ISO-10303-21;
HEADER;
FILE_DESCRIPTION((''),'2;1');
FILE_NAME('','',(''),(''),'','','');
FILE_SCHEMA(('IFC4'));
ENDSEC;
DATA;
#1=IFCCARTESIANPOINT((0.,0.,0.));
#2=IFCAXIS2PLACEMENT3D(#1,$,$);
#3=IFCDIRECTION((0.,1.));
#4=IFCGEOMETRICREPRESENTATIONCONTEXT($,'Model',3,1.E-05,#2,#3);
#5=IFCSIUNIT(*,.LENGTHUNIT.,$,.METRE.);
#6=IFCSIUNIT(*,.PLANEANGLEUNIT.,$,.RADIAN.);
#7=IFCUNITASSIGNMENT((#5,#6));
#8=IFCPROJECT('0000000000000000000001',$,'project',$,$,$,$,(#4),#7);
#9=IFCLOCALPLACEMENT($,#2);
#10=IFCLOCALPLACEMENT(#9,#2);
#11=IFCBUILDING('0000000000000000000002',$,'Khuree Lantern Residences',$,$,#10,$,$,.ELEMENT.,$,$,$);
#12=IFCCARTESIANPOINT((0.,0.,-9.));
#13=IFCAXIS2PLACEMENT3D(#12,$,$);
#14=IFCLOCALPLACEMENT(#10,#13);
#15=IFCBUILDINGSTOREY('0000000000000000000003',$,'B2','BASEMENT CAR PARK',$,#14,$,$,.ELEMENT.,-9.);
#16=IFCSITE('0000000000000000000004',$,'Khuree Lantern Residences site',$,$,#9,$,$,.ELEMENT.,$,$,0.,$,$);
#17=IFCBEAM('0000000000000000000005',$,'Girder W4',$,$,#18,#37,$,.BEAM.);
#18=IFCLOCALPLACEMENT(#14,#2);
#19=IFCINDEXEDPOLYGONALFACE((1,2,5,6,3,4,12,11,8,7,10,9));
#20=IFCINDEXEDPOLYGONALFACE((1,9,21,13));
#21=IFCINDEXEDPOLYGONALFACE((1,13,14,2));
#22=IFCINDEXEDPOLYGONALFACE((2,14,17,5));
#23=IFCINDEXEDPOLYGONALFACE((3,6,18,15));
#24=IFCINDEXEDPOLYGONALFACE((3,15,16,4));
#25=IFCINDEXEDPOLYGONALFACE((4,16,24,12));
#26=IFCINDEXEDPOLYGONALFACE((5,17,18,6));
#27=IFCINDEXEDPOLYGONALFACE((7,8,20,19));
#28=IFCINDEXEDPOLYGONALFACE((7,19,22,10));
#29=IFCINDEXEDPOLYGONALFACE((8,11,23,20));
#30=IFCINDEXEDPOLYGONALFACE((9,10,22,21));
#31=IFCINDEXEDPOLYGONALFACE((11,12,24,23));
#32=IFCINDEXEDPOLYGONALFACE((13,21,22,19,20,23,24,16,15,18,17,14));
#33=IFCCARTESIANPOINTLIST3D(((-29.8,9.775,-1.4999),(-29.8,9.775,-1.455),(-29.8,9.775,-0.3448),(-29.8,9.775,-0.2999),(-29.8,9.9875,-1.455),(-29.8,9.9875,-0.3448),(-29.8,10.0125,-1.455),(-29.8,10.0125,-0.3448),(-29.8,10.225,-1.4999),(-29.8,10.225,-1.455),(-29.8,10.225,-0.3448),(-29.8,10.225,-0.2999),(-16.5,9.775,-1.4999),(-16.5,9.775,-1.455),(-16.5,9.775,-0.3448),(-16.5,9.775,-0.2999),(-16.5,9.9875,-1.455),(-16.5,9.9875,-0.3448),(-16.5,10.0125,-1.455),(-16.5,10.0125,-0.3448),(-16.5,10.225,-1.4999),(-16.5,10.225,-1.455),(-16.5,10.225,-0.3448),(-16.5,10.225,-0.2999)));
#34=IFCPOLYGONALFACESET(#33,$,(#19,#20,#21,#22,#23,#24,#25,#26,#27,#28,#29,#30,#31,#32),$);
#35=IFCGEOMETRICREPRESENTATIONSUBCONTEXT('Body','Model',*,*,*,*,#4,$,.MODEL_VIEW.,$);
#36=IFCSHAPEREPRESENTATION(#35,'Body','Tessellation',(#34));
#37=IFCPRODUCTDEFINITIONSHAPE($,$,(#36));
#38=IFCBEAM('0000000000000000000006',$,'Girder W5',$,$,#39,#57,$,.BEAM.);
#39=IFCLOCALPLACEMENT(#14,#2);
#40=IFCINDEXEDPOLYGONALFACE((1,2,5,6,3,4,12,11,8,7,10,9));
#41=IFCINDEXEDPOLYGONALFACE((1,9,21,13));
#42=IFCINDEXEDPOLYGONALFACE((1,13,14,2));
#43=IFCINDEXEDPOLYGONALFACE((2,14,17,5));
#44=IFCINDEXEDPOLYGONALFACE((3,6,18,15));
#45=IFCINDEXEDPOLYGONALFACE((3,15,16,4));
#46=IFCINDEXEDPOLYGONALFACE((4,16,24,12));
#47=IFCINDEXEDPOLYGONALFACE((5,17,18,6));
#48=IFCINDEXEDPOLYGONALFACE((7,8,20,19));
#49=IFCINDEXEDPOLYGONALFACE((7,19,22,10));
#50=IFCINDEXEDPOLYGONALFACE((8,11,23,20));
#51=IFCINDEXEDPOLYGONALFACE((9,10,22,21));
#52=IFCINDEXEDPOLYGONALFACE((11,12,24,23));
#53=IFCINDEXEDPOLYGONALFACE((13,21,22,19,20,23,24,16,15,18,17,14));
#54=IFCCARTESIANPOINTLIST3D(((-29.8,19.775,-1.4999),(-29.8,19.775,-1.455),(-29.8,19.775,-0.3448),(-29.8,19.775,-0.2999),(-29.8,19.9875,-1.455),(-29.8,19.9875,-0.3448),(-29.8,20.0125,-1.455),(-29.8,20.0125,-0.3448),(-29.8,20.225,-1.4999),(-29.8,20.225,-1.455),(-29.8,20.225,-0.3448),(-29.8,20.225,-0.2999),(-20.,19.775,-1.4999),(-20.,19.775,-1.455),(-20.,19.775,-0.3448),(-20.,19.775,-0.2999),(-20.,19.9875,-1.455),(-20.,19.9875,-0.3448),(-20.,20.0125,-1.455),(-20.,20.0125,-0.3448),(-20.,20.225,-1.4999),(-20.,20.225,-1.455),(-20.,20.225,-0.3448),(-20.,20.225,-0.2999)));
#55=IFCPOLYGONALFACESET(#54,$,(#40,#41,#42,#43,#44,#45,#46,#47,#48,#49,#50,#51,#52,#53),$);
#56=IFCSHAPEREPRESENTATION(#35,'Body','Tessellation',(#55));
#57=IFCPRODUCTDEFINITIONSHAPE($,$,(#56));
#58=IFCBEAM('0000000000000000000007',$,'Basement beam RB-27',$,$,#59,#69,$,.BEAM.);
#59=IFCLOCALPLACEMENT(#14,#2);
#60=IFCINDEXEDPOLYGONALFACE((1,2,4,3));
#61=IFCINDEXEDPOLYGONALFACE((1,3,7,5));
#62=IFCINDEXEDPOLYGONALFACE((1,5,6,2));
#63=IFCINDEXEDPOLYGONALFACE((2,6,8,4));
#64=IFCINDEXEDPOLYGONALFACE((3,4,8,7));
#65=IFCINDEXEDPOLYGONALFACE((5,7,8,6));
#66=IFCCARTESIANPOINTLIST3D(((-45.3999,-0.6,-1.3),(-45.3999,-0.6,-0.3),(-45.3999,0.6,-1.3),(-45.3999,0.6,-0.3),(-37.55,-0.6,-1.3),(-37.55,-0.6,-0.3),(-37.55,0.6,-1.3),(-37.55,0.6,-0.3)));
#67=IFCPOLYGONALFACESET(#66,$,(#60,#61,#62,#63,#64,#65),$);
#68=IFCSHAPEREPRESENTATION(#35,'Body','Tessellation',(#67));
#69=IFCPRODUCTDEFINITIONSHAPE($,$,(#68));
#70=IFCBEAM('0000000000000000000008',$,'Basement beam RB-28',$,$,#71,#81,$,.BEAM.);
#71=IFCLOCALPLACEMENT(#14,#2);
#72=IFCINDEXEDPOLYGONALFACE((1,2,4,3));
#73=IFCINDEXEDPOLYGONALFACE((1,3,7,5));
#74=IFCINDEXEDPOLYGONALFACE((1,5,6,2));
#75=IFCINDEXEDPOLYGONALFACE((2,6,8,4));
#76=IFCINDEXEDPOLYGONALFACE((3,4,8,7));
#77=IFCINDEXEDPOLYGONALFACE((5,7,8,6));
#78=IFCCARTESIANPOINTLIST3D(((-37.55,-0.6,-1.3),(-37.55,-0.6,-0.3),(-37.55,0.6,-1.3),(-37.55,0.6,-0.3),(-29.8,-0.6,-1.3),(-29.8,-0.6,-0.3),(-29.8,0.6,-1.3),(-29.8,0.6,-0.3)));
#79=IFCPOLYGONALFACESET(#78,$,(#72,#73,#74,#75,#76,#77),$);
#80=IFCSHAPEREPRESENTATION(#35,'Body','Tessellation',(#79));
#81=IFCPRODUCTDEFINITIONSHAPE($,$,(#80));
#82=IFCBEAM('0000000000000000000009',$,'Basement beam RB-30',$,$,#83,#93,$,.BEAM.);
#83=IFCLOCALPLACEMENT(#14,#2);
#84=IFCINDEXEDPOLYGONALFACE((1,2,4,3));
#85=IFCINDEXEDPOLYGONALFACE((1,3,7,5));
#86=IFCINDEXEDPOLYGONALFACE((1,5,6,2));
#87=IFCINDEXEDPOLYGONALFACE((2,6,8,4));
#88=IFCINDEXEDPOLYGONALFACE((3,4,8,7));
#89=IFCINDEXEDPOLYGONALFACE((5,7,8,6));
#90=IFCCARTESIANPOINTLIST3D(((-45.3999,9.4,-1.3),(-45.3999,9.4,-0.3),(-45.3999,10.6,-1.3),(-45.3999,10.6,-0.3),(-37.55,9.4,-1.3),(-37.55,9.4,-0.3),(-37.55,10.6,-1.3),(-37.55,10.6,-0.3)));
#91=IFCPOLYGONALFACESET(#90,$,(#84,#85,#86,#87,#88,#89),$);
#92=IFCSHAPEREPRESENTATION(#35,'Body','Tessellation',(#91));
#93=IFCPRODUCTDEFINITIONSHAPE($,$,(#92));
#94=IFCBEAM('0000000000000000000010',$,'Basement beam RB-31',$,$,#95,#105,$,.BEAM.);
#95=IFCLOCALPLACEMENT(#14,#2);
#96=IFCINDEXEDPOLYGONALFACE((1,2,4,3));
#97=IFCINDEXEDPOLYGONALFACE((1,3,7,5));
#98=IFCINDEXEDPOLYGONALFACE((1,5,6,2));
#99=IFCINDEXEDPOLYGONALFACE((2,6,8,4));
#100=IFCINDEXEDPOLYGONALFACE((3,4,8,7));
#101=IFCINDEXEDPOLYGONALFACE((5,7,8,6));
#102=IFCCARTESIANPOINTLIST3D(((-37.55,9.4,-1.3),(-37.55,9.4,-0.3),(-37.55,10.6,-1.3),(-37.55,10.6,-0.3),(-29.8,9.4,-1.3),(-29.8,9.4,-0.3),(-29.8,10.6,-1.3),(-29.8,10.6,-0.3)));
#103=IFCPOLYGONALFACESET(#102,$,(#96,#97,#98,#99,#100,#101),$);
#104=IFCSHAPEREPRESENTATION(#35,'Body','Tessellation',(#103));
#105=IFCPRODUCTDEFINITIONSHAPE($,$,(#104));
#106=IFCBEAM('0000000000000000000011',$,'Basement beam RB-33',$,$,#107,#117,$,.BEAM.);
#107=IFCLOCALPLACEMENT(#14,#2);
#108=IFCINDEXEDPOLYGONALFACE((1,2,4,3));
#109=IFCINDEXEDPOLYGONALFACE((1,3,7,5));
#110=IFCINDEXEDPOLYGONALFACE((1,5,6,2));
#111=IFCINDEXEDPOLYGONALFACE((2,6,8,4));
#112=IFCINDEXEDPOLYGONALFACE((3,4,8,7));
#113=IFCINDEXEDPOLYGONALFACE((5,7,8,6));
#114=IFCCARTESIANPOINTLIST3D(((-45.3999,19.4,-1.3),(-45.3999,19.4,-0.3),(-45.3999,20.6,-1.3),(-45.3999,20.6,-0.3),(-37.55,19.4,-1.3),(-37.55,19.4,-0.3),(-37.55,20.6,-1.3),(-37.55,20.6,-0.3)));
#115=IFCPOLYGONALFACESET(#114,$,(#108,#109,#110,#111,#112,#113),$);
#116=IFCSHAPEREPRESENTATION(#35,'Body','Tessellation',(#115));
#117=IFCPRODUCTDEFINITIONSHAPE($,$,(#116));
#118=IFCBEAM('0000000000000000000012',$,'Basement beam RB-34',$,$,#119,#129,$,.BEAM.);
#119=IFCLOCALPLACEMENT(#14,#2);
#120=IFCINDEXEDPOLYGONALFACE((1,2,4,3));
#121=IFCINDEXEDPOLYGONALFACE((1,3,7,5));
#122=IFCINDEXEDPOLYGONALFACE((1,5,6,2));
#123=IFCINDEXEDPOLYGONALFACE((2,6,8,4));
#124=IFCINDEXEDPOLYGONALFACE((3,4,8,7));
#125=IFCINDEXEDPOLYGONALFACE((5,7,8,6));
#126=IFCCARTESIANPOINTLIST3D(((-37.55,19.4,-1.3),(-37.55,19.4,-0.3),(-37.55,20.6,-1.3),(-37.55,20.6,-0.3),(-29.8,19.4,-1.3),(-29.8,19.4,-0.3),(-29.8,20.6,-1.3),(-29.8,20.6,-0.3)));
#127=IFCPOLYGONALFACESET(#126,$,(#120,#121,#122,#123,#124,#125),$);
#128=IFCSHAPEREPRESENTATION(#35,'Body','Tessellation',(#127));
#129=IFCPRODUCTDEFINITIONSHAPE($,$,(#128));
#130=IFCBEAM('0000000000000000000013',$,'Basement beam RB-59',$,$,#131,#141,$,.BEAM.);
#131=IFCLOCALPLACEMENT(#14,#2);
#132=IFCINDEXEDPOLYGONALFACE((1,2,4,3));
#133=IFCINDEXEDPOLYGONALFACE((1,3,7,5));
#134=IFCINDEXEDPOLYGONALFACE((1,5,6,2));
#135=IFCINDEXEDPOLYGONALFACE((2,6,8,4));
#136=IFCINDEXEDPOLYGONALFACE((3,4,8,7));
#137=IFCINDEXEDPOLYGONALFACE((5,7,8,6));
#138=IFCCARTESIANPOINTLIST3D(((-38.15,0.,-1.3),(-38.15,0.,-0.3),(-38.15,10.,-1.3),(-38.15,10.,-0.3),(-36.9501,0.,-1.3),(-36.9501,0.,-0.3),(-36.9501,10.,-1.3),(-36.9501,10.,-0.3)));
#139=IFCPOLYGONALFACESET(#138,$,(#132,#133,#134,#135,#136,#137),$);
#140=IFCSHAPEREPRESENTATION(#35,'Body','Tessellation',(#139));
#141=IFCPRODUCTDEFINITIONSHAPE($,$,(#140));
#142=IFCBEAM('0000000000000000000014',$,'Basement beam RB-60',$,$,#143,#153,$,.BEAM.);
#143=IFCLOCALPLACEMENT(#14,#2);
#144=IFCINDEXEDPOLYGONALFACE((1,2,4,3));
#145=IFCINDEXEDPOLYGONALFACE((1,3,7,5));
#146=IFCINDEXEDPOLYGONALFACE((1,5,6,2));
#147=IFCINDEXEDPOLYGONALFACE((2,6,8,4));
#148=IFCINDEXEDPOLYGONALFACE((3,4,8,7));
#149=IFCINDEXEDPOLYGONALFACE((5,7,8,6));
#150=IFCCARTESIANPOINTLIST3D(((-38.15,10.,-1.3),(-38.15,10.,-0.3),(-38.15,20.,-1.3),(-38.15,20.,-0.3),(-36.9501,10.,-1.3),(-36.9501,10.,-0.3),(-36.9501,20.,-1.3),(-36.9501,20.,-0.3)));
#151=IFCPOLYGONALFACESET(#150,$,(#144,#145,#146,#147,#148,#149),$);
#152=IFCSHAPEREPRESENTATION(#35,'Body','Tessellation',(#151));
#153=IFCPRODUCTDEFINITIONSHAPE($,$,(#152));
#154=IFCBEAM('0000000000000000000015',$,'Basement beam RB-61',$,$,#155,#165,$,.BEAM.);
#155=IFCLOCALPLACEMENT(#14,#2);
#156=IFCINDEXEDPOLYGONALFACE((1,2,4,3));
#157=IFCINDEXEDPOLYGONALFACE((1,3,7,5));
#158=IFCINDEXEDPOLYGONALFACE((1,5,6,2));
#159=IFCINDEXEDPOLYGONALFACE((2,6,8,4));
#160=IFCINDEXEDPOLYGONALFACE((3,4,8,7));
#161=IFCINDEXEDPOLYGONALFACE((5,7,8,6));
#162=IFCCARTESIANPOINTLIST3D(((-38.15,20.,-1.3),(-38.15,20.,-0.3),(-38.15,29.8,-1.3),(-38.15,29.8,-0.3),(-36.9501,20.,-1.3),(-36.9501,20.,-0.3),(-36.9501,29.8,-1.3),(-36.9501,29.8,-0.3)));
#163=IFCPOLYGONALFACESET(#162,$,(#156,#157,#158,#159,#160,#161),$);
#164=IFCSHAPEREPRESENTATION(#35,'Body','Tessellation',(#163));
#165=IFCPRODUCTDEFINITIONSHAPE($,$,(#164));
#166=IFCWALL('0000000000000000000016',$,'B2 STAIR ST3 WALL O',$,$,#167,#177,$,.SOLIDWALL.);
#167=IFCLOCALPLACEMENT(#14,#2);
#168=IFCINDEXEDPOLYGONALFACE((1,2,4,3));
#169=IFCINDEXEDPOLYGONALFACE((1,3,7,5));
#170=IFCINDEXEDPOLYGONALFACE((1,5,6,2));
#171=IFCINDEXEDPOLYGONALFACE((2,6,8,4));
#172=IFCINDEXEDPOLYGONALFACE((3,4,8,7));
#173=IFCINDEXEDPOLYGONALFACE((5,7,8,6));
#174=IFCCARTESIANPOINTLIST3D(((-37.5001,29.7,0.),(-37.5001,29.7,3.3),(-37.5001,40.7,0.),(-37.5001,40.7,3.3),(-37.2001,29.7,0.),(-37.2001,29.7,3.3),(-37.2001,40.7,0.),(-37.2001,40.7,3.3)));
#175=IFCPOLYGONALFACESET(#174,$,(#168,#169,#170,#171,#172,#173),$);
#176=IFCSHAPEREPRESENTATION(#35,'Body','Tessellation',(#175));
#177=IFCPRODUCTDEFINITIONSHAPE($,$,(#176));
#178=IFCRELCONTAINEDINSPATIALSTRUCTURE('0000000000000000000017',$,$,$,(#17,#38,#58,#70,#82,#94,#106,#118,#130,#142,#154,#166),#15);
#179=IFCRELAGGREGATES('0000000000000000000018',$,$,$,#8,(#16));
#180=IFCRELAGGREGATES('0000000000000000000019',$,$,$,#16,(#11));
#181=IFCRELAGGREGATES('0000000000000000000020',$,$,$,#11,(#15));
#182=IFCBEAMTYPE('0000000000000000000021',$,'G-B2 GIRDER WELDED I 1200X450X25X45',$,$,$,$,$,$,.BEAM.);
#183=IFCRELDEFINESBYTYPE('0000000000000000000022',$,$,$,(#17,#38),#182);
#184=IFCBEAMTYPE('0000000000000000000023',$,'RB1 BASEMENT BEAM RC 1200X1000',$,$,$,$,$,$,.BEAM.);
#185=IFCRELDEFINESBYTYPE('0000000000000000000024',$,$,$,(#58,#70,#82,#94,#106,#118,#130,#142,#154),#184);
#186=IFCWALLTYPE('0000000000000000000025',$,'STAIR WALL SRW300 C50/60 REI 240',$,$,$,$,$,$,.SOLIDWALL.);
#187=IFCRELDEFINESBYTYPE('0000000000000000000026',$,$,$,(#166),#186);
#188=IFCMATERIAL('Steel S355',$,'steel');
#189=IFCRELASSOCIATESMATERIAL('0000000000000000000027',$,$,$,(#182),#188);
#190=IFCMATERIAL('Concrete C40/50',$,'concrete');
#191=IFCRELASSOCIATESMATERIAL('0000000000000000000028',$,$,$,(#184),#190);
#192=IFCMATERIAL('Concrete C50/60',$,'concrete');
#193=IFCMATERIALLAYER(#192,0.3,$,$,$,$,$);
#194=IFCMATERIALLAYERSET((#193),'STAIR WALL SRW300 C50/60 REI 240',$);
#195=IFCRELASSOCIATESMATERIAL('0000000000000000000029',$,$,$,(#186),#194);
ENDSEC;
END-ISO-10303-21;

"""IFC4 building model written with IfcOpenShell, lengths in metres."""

from ifc_helpers import new_model, si_unit, direction, frame, frame_2d, origin, origin_2d, place, context, subcontext, project, spatial, rectangle, i_section, extrude, material, layer, layer_set, material_profile, profile_set, type_object, element, save


model = new_model("IFC4")

# Units and contexts
model_context = context("Model", 3, precision=1e-05, world=origin(), true_north=direction((0.0, 1.0)))
body_context = subcontext(model_context, "Body", "Model", "MODEL_VIEW")
ifc_project = project(units=[si_unit("LENGTHUNIT", "METRE"), si_unit("PLANEANGLEUNIT", "RADIAN")], contexts=[model_context])

# Site, building, storey
site_placement = place(None, origin())
site = spatial("IfcSite", under=ifc_project, at=site_placement, Name="Khuree Lantern Residences site", CompositionType="ELEMENT", RefElevation=0.0)
building_placement = place(site_placement, origin())
building = spatial("IfcBuilding", under=site, at=building_placement, Name="Khuree Lantern Residences", CompositionType="ELEMENT")
storey_placement = place(building_placement, frame((0.0, 0.0, -9.0)))
storey = spatial("IfcBuildingStorey", under=building, at=storey_placement, Name="B2", Description="BASEMENT CAR PARK", CompositionType="ELEMENT", Elevation=-9.0)

# Beams
ifc_material_1 = material(Name="Steel S355", Category="steel")
ifc_material_profile_1 = material_profile(ifc_material_1, i_section(OverallWidth=0.45, OverallDepth=1.2, WebThickness=0.0249, FlangeThickness=0.0449, at=origin_2d()), Name="WELDED I 1200X450X25X45")
ifc_profile_set_1 = profile_set([ifc_material_profile_1], Name="Steel S355")
beam_type_1 = type_object("IfcBeamType", Name="G-B2 GIRDER WELDED I 1200X450X25X45", PredefinedType="BEAM", material=ifc_profile_set_1)
beam_1_placement = place(storey_placement, frame((-29.8, 10.0, -0.8999), z_axis=(1.0, 0.0, 0.0), x_axis=(0.0, 1.0, 0.0)))
element("IfcBeam", 1, at=beam_1_placement, inside=storey, type_object=beam_type_1, Name="Girder W4", PredefinedType="BEAM", context=body_context, shape_type="SweptSolid", body=[
    extrude(i_section(OverallWidth=0.45, OverallDepth=1.2, WebThickness=0.0249, FlangeThickness=0.0449, at=origin_2d()), origin(), (0.0, 0.0, 1.0), 13.3),
])
beam_2_placement = place(storey_placement, frame((-29.8, 20.0, -0.8999), z_axis=(1.0, 0.0, 0.0), x_axis=(0.0, 1.0, 0.0)))
element("IfcBeam", 2, at=beam_2_placement, inside=storey, type_object=beam_type_1, Name="Girder W5", PredefinedType="BEAM", context=body_context, shape_type="SweptSolid", body=[
    extrude(i_section(OverallWidth=0.45, OverallDepth=1.2, WebThickness=0.0249, FlangeThickness=0.0449, at=origin_2d()), origin(), (0.0, 0.0, 1.0), 9.8),
])
ifc_material_2 = material(Name="Concrete C40/50", Category="concrete")
ifc_material_profile_2 = material_profile(ifc_material_2, rectangle(XDim=1.2, YDim=1.0, at=origin_2d()), Name="RC 1200X1000")
ifc_profile_set_2 = profile_set([ifc_material_profile_2], Name="Concrete C40/50")
beam_type_2 = type_object("IfcBeamType", Name="RB1 BASEMENT BEAM RC 1200X1000", PredefinedType="BEAM", material=ifc_profile_set_2)
beam_3_placement = place(storey_placement, frame((-45.3999, 0.0, -0.8), z_axis=(1.0, 0.0, 0.0), x_axis=(0.0, 1.0, 0.0)))
element("IfcBeam", 3, at=beam_3_placement, inside=storey, type_object=beam_type_2, Name="Basement beam RB-27", PredefinedType="BEAM", context=body_context, shape_type="SweptSolid", body=[
    extrude(rectangle(XDim=1.2, YDim=1.0, at=origin_2d()), origin(), (0.0, 0.0, 1.0), 7.8499),
])
beam_4_placement = place(storey_placement, frame((-37.55, 0.0, -0.8), z_axis=(1.0, 0.0, 0.0), x_axis=(0.0, 1.0, 0.0)))
element("IfcBeam", 4, at=beam_4_placement, inside=storey, type_object=beam_type_2, Name="Basement beam RB-28", PredefinedType="BEAM", context=body_context, shape_type="SweptSolid", body=[
    extrude(rectangle(XDim=1.2, YDim=1.0, at=origin_2d()), origin(), (0.0, 0.0, 1.0), 7.75),
])
beam_5_placement = place(storey_placement, frame((-45.3999, 10.0, -0.8), z_axis=(1.0, 0.0, 0.0), x_axis=(0.0, 1.0, 0.0)))
element("IfcBeam", 5, at=beam_5_placement, inside=storey, type_object=beam_type_2, Name="Basement beam RB-30", PredefinedType="BEAM", context=body_context, shape_type="SweptSolid", body=[
    extrude(rectangle(XDim=1.2, YDim=1.0, at=origin_2d()), origin(), (0.0, 0.0, 1.0), 7.8499),
])
beam_6_placement = place(storey_placement, frame((-37.55, 10.0, -0.8), z_axis=(1.0, 0.0, 0.0), x_axis=(0.0, 1.0, 0.0)))
element("IfcBeam", 6, at=beam_6_placement, inside=storey, type_object=beam_type_2, Name="Basement beam RB-31", PredefinedType="BEAM", context=body_context, shape_type="SweptSolid", body=[
    extrude(rectangle(XDim=1.2, YDim=1.0, at=origin_2d()), origin(), (0.0, 0.0, 1.0), 7.75),
])
beam_7_placement = place(storey_placement, frame((-45.3999, 20.0, -0.8), z_axis=(1.0, 0.0, 0.0), x_axis=(0.0, 1.0, 0.0)))
element("IfcBeam", 7, at=beam_7_placement, inside=storey, type_object=beam_type_2, Name="Basement beam RB-33", PredefinedType="BEAM", context=body_context, shape_type="SweptSolid", body=[
    extrude(rectangle(XDim=1.2, YDim=1.0, at=origin_2d()), origin(), (0.0, 0.0, 1.0), 7.8499),
])
beam_8_placement = place(storey_placement, frame((-37.55, 20.0, -0.8), z_axis=(1.0, 0.0, 0.0), x_axis=(0.0, 1.0, 0.0)))
element("IfcBeam", 8, at=beam_8_placement, inside=storey, type_object=beam_type_2, Name="Basement beam RB-34", PredefinedType="BEAM", context=body_context, shape_type="SweptSolid", body=[
    extrude(rectangle(XDim=1.2, YDim=1.0, at=origin_2d()), origin(), (0.0, 0.0, 1.0), 7.75),
])
for number, where, z_axis, x_axis, name in (
    (9, (-37.55, 0.0, -0.8), (0.0, 1.0, 0.0), (-1.0, 0.0, 0.0), "Basement beam RB-59"),
    (10, (-37.55, 10.0, -0.8), (0.0, 1.0, 0.0), (-1.0, 0.0, 0.0), "Basement beam RB-60"),
):
    element("IfcBeam", number, at=place(storey_placement, frame(where, z_axis=z_axis, x_axis=x_axis)), inside=storey, type_object=beam_type_2, Name=name, PredefinedType="BEAM", context=body_context, shape_type="SweptSolid", body=[
        extrude(rectangle(XDim=1.2, YDim=1.0, at=origin_2d()), origin(), (0.0, 0.0, 1.0), 10.0),
    ])
beam_9_placement = place(storey_placement, frame((-37.55, 20.0, -0.8), z_axis=(0.0, 1.0, 0.0), x_axis=(-1.0, 0.0, 0.0)))
element("IfcBeam", 11, at=beam_9_placement, inside=storey, type_object=beam_type_2, Name="Basement beam RB-61", PredefinedType="BEAM", context=body_context, shape_type="SweptSolid", body=[
    extrude(rectangle(XDim=1.2, YDim=1.0, at=origin_2d()), origin(), (0.0, 0.0, 1.0), 9.8),
])

# Wall
ifc_material_3 = material(Name="Concrete C50/60", Category="concrete")
ifc_layer = layer(ifc_material_3, 0.3)
ifc_layer_set = layer_set([ifc_layer], Name="STAIR WALL SRW300 C50/60 REI 240")
wall_type = type_object("IfcWallType", Name="STAIR WALL SRW300 C50/60 REI 240", PredefinedType="SOLIDWALL", material=ifc_layer_set)
wall_placement = place(storey_placement, frame((-37.3501, 29.7, 0.0), z_axis=(0.0, 0.0, 1.0), x_axis=(0.0, 1.0, 0.0)))
element("IfcWall", 12, at=wall_placement, inside=storey, type_object=wall_type, Name="B2 STAIR ST3 WALL O", PredefinedType="SOLIDWALL", context=body_context, shape_type="SweptSolid", body=[
    extrude(rectangle(XDim=11.0, YDim=0.3, at=frame_2d((5.5, 0.0))), origin(), (0.0, 0.0, 1.0), 3.3),
])

save(model, "model.ifc")
